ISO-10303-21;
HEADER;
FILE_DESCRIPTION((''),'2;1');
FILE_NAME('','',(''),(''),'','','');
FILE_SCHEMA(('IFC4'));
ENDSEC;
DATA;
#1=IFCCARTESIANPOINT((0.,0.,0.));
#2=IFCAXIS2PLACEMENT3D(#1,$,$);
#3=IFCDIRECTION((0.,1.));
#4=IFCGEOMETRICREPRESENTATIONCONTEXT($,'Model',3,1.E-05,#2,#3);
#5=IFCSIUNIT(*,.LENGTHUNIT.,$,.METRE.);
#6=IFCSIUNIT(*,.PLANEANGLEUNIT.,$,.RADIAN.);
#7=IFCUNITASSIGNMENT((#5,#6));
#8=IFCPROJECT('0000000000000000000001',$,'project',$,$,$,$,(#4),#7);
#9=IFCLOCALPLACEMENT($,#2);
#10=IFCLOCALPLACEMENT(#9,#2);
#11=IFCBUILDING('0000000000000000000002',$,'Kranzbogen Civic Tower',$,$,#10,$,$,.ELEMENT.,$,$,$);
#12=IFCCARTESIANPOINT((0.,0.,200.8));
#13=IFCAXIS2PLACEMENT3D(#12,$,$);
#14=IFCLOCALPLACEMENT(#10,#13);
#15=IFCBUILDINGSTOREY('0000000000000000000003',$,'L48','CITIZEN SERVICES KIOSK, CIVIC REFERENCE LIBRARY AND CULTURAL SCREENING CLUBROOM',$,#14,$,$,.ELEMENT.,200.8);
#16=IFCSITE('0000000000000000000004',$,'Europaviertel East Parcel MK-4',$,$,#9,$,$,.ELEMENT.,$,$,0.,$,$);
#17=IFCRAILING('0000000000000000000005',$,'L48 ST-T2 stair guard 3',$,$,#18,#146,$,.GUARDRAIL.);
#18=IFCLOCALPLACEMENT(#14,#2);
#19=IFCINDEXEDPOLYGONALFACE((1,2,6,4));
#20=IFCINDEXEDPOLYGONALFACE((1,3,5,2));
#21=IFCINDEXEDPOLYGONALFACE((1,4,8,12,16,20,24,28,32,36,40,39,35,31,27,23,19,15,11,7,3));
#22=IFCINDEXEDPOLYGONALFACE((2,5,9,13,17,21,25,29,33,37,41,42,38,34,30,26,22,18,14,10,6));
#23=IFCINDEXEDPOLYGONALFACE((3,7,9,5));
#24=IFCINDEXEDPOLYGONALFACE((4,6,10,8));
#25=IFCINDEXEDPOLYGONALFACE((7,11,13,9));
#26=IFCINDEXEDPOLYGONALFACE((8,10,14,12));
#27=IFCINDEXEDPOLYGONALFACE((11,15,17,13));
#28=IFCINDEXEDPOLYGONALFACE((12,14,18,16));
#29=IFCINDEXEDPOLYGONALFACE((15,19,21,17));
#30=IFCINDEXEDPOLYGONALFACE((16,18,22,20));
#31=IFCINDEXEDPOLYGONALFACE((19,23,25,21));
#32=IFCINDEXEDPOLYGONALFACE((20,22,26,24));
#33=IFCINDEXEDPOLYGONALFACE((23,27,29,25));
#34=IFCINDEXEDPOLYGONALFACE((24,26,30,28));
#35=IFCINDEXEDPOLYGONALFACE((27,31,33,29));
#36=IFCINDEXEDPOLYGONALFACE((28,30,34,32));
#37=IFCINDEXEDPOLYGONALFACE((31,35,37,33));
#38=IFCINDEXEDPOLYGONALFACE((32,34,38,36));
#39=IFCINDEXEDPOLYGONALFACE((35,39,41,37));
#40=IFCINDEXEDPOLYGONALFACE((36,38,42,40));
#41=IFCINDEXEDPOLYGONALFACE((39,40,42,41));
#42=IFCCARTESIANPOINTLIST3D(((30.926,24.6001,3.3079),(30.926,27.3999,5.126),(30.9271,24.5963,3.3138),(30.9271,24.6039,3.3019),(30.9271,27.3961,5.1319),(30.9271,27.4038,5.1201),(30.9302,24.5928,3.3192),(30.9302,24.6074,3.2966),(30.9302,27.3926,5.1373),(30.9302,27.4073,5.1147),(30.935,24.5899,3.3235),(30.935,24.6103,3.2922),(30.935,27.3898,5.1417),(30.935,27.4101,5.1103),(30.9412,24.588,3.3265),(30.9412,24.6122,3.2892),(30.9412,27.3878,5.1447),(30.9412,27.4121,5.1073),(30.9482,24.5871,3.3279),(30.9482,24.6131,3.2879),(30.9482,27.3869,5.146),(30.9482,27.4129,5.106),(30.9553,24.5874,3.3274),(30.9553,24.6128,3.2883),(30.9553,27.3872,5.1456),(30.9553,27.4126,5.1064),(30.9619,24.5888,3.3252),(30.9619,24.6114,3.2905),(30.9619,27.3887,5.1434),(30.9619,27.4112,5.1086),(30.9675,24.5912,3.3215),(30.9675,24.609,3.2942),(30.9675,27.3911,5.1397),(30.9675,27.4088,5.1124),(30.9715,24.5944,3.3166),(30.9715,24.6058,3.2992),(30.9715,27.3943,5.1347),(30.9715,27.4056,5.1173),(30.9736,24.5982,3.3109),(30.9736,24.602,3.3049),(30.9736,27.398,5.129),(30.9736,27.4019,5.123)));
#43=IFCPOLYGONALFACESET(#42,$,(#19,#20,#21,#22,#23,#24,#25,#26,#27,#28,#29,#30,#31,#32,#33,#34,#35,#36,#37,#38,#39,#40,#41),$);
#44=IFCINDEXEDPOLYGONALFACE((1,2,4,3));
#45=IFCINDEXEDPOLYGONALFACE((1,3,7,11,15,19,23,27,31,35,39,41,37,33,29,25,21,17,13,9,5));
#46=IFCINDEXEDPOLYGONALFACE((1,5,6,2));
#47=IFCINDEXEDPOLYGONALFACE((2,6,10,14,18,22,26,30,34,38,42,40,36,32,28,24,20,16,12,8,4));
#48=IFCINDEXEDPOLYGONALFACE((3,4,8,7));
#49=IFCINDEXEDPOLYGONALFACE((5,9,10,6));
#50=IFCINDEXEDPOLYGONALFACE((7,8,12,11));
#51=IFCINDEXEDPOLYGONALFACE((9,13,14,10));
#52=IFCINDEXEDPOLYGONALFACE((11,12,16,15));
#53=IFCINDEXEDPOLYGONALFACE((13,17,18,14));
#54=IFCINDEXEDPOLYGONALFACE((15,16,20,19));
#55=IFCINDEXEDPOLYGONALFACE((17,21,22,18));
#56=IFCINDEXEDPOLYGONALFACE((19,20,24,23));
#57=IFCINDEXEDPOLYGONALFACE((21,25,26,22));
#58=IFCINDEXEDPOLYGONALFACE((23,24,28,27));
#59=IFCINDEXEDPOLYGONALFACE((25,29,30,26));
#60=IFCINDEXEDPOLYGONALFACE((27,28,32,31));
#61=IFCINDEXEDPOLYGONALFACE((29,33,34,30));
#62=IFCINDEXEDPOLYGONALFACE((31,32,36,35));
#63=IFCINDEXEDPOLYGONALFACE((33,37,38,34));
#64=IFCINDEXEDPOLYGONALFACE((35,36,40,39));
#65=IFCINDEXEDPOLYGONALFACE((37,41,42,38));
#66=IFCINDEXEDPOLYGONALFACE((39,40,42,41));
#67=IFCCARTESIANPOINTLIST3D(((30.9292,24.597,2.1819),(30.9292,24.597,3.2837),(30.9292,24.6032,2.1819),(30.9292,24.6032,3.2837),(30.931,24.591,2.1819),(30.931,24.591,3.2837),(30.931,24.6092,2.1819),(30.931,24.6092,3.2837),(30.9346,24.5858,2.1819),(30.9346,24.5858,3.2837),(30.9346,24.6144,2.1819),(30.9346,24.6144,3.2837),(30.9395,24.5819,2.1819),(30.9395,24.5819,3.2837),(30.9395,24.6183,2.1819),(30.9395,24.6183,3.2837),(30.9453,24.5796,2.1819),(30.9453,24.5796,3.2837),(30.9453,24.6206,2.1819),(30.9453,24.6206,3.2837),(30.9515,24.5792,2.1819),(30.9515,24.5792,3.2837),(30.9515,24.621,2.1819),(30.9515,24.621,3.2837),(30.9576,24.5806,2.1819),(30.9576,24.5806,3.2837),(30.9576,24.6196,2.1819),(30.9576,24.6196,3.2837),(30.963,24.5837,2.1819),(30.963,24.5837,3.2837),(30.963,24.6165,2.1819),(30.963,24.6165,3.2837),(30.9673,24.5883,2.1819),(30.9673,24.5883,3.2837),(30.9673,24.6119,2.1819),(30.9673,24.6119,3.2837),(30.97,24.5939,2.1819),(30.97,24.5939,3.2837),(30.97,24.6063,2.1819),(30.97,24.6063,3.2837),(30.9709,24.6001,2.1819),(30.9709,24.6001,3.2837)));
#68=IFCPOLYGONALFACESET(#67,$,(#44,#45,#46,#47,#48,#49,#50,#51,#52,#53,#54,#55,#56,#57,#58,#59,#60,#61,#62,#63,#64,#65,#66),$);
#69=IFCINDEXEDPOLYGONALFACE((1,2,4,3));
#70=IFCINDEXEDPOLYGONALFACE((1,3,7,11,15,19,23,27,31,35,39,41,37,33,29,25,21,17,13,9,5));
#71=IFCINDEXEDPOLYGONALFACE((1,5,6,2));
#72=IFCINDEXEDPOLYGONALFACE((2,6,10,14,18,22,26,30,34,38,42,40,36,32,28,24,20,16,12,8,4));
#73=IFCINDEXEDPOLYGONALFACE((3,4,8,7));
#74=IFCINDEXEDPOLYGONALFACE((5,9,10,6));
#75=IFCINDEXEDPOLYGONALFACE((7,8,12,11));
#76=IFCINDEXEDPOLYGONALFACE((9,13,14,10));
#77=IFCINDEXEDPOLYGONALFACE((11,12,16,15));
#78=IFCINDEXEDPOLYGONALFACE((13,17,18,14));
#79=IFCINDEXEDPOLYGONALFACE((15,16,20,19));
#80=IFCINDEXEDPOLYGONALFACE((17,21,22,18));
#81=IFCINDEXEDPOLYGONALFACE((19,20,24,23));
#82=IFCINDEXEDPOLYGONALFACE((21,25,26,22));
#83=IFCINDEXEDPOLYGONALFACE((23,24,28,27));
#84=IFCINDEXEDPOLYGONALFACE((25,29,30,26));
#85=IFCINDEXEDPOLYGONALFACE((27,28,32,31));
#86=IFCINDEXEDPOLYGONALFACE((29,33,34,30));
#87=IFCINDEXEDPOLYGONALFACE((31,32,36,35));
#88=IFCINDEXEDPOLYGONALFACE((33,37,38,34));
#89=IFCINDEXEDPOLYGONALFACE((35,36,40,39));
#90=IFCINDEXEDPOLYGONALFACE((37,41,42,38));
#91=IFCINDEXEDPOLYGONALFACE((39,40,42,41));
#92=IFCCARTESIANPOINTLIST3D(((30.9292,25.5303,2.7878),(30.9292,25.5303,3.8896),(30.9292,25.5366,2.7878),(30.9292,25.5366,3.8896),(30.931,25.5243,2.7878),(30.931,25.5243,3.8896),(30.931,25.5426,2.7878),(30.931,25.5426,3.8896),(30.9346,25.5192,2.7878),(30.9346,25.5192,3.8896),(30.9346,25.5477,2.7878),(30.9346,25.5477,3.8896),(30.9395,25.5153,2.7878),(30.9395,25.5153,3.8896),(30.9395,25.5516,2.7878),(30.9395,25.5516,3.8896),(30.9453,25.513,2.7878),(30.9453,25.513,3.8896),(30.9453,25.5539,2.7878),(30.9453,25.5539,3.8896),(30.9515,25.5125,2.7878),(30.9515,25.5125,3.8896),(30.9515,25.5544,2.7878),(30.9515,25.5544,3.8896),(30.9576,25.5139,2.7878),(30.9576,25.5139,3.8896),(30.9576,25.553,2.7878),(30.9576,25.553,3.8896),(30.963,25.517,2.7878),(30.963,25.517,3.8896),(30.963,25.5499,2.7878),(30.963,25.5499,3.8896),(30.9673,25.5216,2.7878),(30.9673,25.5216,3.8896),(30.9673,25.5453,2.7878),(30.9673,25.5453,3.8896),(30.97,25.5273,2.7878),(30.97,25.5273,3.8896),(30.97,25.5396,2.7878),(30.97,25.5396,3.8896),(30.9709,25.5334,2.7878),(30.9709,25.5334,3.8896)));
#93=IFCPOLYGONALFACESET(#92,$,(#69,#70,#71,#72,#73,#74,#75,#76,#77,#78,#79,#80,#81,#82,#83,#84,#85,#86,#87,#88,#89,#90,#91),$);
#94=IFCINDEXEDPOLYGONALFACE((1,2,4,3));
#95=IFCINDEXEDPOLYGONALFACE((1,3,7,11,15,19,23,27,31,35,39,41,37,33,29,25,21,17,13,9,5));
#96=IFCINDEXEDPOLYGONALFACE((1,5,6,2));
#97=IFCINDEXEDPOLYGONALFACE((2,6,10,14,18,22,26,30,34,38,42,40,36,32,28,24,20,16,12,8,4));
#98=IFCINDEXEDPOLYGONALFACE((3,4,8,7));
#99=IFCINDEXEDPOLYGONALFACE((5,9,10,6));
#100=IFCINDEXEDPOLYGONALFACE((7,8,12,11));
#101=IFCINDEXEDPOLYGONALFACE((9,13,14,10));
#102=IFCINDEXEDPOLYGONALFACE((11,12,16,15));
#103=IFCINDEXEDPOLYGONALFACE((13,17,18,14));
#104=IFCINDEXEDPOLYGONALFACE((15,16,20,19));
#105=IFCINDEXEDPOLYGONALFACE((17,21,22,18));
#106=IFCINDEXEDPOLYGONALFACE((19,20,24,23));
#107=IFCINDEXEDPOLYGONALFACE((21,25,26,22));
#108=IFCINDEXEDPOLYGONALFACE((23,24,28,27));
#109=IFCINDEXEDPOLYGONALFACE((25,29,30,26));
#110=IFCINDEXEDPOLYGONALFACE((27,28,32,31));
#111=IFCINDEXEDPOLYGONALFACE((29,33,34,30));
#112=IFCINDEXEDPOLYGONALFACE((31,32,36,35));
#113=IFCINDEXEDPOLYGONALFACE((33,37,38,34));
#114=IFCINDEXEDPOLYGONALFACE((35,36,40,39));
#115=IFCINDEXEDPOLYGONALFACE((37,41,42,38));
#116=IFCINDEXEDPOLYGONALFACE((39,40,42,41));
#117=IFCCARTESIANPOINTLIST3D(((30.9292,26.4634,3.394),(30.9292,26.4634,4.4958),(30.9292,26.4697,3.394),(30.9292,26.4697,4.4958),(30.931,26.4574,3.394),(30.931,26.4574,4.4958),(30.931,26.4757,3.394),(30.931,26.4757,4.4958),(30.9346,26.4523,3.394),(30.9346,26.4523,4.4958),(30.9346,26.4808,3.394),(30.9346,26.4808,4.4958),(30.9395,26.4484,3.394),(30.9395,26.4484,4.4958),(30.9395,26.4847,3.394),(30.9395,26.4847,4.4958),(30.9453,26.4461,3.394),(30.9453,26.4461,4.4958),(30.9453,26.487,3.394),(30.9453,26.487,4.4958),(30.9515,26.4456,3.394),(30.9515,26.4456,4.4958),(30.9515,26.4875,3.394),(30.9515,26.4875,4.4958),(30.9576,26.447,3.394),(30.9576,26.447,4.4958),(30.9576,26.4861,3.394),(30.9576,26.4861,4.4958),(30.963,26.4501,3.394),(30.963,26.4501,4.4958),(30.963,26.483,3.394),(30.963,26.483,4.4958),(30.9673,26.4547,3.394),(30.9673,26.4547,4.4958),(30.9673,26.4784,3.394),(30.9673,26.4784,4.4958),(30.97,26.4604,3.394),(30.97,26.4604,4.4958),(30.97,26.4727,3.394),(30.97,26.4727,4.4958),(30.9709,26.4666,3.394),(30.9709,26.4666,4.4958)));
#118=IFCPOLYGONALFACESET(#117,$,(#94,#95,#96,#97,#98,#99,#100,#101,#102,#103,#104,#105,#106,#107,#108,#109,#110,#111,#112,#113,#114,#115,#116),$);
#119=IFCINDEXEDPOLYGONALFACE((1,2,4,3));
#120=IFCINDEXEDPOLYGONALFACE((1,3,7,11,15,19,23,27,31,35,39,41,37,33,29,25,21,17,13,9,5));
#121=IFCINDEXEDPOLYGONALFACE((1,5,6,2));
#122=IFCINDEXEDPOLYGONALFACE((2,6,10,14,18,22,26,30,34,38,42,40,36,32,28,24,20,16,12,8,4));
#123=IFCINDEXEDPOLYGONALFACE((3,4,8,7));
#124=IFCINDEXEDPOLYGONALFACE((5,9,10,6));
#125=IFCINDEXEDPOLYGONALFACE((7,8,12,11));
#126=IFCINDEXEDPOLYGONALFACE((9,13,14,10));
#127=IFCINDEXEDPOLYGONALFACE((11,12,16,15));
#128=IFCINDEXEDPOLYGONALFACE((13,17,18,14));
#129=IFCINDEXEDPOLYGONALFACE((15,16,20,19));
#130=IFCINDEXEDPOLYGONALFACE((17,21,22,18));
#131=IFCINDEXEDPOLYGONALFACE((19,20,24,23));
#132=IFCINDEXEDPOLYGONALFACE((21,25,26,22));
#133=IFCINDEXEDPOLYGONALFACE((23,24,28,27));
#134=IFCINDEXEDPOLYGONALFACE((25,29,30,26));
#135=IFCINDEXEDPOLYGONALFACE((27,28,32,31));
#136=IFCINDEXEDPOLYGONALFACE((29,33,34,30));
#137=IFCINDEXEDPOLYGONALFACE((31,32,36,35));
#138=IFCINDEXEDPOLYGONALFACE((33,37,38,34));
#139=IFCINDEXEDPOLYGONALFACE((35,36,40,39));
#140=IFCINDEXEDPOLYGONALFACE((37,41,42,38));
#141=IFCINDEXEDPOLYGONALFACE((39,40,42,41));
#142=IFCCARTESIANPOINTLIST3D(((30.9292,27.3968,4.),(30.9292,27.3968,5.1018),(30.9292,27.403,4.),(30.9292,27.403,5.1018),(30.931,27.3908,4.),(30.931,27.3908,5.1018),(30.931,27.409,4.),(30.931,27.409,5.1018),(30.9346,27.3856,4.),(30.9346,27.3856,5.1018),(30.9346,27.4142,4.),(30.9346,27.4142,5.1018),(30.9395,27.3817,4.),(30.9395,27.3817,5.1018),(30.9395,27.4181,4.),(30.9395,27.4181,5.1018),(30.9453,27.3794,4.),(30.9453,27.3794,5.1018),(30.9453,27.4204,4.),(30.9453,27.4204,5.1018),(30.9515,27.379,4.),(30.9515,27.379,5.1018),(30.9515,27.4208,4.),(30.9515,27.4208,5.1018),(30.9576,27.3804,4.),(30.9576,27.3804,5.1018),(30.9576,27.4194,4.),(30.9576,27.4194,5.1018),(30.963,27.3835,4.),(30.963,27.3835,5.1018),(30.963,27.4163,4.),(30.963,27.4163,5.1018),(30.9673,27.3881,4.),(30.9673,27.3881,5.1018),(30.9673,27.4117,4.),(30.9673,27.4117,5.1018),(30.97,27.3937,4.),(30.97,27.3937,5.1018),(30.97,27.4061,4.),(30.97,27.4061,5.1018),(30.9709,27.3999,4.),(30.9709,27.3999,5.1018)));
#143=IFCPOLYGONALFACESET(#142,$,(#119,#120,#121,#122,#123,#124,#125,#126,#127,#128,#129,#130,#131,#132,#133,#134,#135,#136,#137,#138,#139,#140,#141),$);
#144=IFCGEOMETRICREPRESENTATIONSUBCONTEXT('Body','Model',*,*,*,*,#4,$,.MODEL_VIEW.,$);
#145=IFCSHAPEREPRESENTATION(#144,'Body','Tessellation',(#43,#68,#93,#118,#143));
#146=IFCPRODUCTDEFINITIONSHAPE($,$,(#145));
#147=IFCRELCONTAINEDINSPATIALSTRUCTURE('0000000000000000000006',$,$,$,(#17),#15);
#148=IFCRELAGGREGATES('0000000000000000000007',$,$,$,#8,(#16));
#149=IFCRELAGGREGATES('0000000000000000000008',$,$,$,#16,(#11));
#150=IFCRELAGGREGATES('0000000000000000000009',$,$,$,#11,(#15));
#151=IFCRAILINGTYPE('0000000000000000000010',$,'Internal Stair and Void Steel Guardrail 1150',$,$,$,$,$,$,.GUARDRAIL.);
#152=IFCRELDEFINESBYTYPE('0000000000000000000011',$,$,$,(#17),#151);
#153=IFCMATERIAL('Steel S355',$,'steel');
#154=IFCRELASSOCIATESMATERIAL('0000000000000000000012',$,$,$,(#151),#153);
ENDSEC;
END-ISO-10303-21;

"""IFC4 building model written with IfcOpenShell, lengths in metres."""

from ifc_helpers import new_model, si_unit, direction, frame, origin, origin_2d, place, context, subcontext, project, spatial, circle, extrude, material, type_object, element, save


model = new_model("IFC4")

# Units and contexts
model_context = context("Model", 3, precision=1e-05, world=origin(), true_north=direction((0.0, 1.0)))
body_context = subcontext(model_context, "Body", "Model", "MODEL_VIEW")
ifc_project = project(units=[si_unit("LENGTHUNIT", "METRE"), si_unit("PLANEANGLEUNIT", "RADIAN")], contexts=[model_context])

# Site, building, storey
site_placement = place(None, origin())
site = spatial("IfcSite", under=ifc_project, at=site_placement, Name="Europaviertel East Parcel MK-4", CompositionType="ELEMENT", RefElevation=0.0)
building_placement = place(site_placement, origin())
building = spatial("IfcBuilding", under=site, at=building_placement, Name="Kranzbogen Civic Tower", CompositionType="ELEMENT")
storey_placement = place(building_placement, frame((0.0, 0.0, 200.8)))
storey = spatial("IfcBuildingStorey", under=building, at=storey_placement, Name="L48", Description="CITIZEN SERVICES KIOSK, CIVIC REFERENCE LIBRARY AND CULTURAL SCREENING CLUBROOM", CompositionType="ELEMENT", Elevation=200.8)

# Shared definitions
ifc_material_1 = material(Name="Steel S355", Category="steel")

# Railing
railing_type_1 = type_object("IfcRailingType", Name="Internal Stair and Void Steel Guardrail 1150", PredefinedType="GUARDRAIL", material=ifc_material_1)
railing_1_placement = place(storey_placement, frame((30.95, 24.6001, 2.1819)))
element("IfcRailing", 1, at=railing_1_placement, inside=storey, type_object=railing_type_1, Name="L48 ST-T2 stair guard 3", PredefinedType="GUARDRAIL", context=body_context, shape_type="SweptSolid", body=[
    extrude(circle(Radius=0.0239, at=origin_2d()), frame((0.0, 0.0, 1.126), z_axis=(0.0, 0.838684, 0.544618), x_axis=(-1.0, 0.0, 0.0)), (0.0, 0.0, 1.0), 3.3384),
    extrude(circle(Radius=0.021, at=origin_2d()), origin(), (0.0, 0.0, 1.0), 1.1018),
    extrude(circle(Radius=0.021, at=origin_2d()), frame((0.0, 0.9333, 0.606)), (0.0, 0.0, 1.0), 1.1018),
    extrude(circle(Radius=0.021, at=origin_2d()), frame((0.0, 1.8665, 1.2122)), (0.0, 0.0, 1.0), 1.1018),
    extrude(circle(Radius=0.021, at=origin_2d()), frame((0.0, 2.7998, 1.8181)), (0.0, 0.0, 1.0), 1.1018),
])

save(model, "model.ifc")
